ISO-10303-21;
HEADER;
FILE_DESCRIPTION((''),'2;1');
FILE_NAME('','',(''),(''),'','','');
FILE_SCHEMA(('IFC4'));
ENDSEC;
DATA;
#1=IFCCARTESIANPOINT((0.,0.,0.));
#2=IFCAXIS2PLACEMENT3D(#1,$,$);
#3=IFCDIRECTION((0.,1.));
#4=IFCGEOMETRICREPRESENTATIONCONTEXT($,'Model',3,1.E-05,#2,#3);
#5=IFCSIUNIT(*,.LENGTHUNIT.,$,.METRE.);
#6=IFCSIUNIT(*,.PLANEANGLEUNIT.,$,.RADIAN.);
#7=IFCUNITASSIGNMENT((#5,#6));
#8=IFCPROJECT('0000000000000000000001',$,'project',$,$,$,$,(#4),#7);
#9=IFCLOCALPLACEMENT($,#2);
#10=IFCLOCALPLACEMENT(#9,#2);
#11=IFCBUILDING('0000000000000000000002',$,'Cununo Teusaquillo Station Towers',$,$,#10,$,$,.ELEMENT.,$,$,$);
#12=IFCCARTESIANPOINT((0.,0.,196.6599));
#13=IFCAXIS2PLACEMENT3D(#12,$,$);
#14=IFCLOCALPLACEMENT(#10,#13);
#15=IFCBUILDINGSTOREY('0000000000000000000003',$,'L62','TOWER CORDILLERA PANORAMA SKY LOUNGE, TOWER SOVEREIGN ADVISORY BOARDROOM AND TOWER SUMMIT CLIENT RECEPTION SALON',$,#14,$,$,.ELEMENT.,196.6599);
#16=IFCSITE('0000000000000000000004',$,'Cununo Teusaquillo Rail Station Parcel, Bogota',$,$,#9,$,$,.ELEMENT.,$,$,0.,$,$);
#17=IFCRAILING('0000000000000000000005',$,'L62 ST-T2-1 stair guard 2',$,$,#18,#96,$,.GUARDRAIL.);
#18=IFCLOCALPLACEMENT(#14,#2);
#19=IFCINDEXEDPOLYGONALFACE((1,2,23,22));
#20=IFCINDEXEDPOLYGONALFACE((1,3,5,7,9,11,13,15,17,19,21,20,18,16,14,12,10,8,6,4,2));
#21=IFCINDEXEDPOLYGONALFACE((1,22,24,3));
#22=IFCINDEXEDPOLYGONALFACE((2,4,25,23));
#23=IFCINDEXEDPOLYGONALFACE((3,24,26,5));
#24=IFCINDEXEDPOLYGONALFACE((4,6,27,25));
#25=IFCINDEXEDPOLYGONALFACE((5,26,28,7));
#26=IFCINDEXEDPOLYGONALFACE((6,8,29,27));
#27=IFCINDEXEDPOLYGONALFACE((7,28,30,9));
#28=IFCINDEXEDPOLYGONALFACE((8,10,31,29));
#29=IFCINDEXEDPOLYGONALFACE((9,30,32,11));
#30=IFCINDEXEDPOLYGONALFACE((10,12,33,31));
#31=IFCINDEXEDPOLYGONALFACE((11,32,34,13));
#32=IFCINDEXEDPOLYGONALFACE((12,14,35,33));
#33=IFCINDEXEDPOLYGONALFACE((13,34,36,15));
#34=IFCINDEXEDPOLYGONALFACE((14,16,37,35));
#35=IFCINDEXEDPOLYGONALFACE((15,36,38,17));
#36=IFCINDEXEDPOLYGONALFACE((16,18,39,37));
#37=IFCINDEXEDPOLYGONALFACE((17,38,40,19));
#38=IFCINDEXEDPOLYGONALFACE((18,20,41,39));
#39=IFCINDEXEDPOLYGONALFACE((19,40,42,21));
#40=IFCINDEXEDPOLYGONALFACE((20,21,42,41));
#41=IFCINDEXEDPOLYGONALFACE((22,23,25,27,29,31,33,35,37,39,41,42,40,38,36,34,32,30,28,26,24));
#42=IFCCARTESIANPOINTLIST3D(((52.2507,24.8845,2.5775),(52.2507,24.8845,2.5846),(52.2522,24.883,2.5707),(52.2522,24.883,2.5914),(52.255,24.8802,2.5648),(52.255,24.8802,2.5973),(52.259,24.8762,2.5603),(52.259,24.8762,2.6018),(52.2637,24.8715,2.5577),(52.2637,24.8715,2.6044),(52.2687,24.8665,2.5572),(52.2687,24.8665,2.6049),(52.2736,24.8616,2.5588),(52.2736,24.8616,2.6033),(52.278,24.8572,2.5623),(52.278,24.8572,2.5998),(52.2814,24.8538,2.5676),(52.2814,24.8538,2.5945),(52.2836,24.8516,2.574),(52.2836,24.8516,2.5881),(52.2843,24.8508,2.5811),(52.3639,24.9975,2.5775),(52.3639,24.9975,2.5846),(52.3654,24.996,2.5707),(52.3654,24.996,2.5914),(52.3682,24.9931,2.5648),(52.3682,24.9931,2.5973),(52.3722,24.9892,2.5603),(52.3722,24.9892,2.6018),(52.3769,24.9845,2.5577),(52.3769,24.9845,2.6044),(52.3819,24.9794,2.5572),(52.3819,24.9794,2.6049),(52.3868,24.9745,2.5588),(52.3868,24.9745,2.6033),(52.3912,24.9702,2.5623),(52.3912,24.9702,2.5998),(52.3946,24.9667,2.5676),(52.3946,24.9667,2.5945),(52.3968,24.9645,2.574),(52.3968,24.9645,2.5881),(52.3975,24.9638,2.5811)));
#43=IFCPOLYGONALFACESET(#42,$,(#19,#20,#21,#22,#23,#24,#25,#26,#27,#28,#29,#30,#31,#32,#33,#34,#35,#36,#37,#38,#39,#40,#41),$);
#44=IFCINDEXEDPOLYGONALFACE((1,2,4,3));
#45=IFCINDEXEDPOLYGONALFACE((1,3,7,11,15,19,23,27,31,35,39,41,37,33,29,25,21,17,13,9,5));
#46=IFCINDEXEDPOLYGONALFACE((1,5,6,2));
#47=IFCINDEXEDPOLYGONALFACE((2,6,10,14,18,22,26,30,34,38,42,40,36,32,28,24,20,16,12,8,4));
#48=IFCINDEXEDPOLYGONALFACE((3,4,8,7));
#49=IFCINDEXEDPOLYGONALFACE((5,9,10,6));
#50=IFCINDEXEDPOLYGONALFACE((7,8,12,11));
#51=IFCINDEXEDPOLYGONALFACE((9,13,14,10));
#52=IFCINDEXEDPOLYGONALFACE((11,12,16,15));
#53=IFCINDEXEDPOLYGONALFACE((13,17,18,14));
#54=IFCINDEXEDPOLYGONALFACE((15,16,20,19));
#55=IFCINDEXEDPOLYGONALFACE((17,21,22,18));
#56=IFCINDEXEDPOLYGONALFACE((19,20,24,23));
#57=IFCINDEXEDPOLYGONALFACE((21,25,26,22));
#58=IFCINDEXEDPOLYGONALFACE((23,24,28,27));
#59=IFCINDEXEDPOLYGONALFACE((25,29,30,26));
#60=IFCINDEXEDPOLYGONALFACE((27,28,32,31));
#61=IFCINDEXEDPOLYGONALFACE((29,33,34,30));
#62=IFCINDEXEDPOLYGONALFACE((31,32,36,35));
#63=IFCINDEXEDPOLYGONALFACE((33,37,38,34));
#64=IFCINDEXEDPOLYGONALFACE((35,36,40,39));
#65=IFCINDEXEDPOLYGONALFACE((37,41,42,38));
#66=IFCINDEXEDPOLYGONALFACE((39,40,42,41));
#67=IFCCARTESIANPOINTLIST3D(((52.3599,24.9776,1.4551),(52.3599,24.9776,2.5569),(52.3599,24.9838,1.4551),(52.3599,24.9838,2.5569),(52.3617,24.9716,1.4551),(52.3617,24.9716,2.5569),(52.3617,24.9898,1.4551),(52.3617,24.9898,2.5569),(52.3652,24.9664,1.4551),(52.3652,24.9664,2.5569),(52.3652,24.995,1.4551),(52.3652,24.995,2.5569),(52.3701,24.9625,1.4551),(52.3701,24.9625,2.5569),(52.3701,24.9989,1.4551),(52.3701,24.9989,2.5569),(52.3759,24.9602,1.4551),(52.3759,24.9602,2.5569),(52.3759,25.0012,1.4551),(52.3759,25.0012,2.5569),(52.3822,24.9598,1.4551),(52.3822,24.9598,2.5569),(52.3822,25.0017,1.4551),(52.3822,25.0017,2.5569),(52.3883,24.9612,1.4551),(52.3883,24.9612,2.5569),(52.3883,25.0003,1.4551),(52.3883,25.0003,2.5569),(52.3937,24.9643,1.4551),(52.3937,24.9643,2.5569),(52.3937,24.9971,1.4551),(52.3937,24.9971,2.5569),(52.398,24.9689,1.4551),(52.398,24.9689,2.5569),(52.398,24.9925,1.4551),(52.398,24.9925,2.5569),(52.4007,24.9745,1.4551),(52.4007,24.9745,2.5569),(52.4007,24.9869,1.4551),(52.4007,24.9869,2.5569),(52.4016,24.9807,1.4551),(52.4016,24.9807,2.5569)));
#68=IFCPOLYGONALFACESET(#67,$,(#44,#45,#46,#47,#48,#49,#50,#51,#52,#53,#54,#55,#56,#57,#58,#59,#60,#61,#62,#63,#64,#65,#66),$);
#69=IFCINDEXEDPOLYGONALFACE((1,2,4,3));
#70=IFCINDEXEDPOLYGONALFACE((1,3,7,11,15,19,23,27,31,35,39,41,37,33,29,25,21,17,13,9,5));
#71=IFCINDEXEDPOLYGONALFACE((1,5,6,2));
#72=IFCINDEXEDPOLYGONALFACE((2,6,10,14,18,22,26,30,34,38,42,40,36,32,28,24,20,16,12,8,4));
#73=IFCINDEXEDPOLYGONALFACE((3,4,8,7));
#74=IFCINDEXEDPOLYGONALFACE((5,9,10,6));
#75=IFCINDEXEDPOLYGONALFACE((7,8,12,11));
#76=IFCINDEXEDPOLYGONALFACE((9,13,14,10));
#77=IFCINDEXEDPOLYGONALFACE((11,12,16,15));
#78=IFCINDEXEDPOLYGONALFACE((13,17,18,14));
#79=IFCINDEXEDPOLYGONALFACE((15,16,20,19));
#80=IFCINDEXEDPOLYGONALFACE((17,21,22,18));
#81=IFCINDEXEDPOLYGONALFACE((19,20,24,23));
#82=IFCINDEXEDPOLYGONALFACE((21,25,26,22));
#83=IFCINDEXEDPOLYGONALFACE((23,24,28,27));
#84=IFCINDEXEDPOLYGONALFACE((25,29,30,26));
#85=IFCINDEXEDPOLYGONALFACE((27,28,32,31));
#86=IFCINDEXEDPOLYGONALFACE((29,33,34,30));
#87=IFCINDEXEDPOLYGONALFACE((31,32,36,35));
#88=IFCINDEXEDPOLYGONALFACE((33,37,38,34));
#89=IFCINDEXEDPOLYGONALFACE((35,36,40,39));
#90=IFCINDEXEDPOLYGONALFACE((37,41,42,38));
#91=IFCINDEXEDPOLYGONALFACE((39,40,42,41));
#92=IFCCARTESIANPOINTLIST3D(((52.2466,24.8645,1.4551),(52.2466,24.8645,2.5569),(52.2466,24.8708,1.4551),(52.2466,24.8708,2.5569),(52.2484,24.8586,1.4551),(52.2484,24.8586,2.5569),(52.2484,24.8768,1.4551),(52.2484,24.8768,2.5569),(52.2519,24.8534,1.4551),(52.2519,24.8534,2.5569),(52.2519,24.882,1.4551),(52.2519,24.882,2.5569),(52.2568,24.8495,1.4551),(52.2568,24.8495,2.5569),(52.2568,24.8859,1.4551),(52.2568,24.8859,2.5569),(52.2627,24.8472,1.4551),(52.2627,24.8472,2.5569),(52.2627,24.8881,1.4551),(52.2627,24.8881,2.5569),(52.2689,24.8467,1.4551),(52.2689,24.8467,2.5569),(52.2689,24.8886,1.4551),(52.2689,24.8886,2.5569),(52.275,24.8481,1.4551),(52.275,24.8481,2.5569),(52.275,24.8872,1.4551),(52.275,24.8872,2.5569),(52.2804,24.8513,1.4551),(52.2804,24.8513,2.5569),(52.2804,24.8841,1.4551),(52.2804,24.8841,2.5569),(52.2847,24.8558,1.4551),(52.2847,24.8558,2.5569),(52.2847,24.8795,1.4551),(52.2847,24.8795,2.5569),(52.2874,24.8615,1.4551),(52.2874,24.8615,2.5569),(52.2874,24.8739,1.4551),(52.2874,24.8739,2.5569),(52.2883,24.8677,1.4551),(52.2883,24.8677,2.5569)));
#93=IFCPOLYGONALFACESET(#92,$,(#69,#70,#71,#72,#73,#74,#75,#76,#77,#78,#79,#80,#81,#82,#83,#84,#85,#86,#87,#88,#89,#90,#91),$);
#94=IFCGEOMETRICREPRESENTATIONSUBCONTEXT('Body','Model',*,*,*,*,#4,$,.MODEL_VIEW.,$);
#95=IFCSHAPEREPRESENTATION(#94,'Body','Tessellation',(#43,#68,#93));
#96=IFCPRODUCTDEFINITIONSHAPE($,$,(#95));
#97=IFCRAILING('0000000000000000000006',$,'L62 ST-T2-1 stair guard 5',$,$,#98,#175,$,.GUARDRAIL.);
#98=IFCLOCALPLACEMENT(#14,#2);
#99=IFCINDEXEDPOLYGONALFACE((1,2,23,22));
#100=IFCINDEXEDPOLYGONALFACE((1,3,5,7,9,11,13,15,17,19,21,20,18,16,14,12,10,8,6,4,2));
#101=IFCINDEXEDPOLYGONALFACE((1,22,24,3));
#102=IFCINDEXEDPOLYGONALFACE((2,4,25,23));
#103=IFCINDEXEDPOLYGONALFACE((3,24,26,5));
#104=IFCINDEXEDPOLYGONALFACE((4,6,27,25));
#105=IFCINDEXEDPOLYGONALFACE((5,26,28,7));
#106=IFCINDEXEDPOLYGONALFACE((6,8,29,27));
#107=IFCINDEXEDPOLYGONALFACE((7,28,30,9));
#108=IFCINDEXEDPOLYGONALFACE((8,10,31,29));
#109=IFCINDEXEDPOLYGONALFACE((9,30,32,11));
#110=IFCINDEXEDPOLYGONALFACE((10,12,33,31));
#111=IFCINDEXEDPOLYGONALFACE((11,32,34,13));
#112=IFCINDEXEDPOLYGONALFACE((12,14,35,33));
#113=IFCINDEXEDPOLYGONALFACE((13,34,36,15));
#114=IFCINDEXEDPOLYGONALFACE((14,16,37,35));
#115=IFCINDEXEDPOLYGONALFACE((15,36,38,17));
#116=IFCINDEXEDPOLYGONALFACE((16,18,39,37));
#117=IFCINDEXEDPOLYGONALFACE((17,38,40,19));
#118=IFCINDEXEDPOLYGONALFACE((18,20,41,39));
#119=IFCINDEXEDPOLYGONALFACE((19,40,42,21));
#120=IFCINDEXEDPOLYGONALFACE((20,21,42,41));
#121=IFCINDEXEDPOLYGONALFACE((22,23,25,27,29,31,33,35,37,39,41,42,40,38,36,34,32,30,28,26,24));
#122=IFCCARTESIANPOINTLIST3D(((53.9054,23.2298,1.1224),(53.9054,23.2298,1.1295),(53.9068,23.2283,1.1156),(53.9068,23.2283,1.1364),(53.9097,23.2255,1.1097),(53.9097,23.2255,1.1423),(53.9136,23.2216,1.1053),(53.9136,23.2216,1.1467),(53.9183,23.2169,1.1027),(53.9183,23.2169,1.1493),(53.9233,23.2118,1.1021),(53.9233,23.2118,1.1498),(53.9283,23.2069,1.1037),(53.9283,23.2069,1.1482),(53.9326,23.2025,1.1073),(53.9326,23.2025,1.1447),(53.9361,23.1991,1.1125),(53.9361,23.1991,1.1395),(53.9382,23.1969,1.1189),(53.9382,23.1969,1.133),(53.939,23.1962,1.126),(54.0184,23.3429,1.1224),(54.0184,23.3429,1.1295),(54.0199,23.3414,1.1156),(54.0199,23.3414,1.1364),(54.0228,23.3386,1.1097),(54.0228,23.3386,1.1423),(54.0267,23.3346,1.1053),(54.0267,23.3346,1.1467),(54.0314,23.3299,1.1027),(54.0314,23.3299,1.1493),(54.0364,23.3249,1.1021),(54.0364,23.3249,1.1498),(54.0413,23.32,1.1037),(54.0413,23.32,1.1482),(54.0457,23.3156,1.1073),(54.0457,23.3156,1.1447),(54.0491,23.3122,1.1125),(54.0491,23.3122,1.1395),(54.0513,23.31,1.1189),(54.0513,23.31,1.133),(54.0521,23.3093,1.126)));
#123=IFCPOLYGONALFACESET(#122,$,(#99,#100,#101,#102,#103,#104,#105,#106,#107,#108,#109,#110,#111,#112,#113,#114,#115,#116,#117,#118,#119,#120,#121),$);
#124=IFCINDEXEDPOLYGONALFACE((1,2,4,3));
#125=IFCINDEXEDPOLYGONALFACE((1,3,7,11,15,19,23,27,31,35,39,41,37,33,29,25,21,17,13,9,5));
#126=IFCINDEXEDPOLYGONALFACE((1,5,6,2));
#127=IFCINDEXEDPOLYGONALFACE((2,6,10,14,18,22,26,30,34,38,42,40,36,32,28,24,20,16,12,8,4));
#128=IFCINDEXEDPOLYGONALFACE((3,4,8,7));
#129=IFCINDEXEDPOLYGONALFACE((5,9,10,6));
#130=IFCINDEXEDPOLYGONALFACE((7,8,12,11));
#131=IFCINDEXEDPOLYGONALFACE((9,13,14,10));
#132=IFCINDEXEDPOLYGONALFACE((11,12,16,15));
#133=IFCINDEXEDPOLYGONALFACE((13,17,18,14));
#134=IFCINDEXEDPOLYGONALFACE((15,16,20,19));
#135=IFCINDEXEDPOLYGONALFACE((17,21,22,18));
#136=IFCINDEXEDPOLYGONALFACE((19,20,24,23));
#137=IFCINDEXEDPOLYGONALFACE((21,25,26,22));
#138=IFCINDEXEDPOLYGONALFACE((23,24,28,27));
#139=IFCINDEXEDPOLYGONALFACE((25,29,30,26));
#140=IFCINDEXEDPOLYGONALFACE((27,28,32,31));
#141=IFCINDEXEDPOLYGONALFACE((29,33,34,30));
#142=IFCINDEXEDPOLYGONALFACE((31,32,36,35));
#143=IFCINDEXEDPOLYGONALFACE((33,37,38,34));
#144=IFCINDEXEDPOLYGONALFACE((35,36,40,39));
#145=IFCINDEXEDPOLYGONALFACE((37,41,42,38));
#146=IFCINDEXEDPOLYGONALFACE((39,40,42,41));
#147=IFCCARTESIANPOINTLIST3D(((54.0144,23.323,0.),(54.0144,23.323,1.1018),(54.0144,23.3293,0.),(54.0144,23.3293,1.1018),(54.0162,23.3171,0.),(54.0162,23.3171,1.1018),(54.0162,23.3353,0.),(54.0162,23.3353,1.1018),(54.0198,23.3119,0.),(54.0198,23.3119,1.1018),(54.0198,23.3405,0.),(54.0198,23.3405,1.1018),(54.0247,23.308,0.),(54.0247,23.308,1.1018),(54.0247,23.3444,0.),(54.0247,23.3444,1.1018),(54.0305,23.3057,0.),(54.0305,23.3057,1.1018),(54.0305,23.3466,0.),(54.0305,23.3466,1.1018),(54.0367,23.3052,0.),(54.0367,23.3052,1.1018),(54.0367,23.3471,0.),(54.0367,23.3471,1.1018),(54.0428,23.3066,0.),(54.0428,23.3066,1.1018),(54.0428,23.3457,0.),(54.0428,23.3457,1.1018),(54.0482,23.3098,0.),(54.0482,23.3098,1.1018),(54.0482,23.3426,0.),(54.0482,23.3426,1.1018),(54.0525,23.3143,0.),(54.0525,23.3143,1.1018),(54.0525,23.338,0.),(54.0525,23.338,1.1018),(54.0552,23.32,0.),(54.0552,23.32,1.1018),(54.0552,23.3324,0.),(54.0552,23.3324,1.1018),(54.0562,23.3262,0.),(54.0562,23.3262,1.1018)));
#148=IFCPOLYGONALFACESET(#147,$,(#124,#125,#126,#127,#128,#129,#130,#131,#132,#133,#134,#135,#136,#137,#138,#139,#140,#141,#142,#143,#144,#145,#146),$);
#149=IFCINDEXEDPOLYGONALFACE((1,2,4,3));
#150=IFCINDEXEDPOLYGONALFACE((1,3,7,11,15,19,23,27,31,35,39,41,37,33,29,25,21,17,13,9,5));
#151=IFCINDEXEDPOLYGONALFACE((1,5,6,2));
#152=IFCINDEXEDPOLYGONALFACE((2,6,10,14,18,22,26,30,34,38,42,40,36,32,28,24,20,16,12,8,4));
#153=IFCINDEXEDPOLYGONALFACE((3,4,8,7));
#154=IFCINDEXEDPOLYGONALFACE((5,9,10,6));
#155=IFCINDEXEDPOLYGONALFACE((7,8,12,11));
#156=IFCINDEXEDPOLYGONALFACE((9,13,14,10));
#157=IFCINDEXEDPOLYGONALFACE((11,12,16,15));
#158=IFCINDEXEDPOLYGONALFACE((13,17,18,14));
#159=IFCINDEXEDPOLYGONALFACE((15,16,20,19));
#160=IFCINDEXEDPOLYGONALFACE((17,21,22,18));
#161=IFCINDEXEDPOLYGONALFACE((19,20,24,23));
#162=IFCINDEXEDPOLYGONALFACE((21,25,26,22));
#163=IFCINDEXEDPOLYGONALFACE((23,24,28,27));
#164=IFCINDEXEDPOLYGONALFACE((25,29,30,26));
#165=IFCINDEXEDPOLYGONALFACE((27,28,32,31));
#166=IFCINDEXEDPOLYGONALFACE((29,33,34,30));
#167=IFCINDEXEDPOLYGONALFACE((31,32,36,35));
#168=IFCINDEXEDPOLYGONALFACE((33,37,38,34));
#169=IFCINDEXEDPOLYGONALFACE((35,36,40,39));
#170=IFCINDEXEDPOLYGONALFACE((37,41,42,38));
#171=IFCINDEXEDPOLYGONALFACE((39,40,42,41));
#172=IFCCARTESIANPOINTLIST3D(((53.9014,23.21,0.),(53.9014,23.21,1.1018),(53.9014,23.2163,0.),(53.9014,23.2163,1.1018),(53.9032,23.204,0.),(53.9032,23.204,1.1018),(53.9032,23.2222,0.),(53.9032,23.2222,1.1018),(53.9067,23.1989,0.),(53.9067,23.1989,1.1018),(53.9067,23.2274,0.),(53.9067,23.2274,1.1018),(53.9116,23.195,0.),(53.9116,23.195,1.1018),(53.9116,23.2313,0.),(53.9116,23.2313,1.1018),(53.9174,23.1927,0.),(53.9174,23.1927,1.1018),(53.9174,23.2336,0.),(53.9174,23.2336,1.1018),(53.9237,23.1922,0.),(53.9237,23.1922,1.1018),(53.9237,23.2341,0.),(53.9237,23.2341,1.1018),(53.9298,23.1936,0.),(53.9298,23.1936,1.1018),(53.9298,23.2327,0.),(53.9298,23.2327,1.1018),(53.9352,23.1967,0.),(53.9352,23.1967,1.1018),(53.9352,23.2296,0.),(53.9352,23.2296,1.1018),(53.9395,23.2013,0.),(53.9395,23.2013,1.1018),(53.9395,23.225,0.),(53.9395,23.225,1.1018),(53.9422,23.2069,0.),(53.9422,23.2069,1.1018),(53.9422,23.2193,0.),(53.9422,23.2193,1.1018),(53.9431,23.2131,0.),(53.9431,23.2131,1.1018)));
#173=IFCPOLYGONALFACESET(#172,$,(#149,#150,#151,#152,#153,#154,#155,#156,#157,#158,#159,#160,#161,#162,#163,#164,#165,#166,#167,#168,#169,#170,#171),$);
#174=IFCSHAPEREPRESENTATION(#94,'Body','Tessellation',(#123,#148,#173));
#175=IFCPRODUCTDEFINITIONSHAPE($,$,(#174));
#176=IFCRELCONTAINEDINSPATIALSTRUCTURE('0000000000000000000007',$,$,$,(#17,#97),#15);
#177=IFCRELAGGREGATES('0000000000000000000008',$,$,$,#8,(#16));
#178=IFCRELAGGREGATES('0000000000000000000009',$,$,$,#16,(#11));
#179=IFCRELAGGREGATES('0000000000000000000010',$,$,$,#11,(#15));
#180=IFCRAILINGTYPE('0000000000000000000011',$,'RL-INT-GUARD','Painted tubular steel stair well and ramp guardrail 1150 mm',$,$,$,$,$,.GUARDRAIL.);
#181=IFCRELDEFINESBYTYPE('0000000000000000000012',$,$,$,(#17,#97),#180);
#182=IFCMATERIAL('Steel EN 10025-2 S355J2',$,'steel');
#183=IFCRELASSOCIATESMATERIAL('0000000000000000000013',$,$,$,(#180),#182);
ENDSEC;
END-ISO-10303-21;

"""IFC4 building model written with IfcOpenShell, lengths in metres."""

from ifc_helpers import new_model, si_unit, direction, frame, origin, origin_2d, place, context, subcontext, project, spatial, circle, extrude, material, type_object, element, save


model = new_model("IFC4")

# Units and contexts
model_context = context("Model", 3, precision=1e-05, world=origin(), true_north=direction((0.0, 1.0)))
body_context = subcontext(model_context, "Body", "Model", "MODEL_VIEW")
ifc_project = project(units=[si_unit("LENGTHUNIT", "METRE"), si_unit("PLANEANGLEUNIT", "RADIAN")], contexts=[model_context])

# Site, building, storey
site_placement = place(None, origin())
site = spatial("IfcSite", under=ifc_project, at=site_placement, Name="Cununo Teusaquillo Rail Station Parcel, Bogota", CompositionType="ELEMENT", RefElevation=0.0)
building_placement = place(site_placement, origin())
building = spatial("IfcBuilding", under=site, at=building_placement, Name="Cununo Teusaquillo Station Towers", CompositionType="ELEMENT")
storey_placement = place(building_placement, frame((0.0, 0.0, 196.6599)))
storey = spatial("IfcBuildingStorey", under=building, at=storey_placement, Name="L62", Description="TOWER CORDILLERA PANORAMA SKY LOUNGE, TOWER SOVEREIGN ADVISORY BOARDROOM AND TOWER SUMMIT CLIENT RECEPTION SALON", CompositionType="ELEMENT", Elevation=196.6599)

# Railings
ifc_material_1 = material(Name="Steel EN 10025-2 S355J2", Category="steel")
railing_type_1 = type_object("IfcRailingType", Name="RL-INT-GUARD", Description="Painted tubular steel stair well and ramp guardrail 1150 mm", PredefinedType="GUARDRAIL", material=ifc_material_1)
railing_1_placement = place(storey_placement, frame((52.3806, 24.9807, 1.4551)))
element("IfcRailing", 1, at=railing_1_placement, inside=storey, type_object=railing_type_1, Name="L62 ST-T2-1 stair guard 2", PredefinedType="GUARDRAIL", context=body_context, shape_type="SweptSolid", body=[
    extrude(circle(Radius=0.0239, at=origin_2d()), frame((0.0, 0.0, 1.126), z_axis=(-0.707869, -0.706344, 0.0), x_axis=(0.706344, -0.707869, 0.0)), (0.0, 0.0, 1.0), 0.1599),
    extrude(circle(Radius=0.021, at=origin_2d()), origin(), (0.0, 0.0, 1.0), 1.1018),
    extrude(circle(Radius=0.021, at=origin_2d()), frame((-0.1133, -0.113, 0.0)), (0.0, 0.0, 1.0), 1.1018),
])
railing_2_placement = place(storey_placement, frame((54.0352, 23.3262, 0.0)))
element("IfcRailing", 2, at=railing_2_placement, inside=storey, type_object=railing_type_1, Name="L62 ST-T2-1 stair guard 5", PredefinedType="GUARDRAIL", context=body_context, shape_type="SweptSolid", body=[
    extrude(circle(Radius=0.0239, at=origin_2d()), frame((0.0, 0.0, 1.126), z_axis=(-0.707107, -0.707107, 0.0), x_axis=(0.707107, -0.707107, 0.0)), (0.0, 0.0, 1.0), 0.1599),
    extrude(circle(Radius=0.021, at=origin_2d()), origin(), (0.0, 0.0, 1.0), 1.1018),
    extrude(circle(Radius=0.021, at=origin_2d()), frame((-0.113, -0.113, 0.0)), (0.0, 0.0, 1.0), 1.1018),
])

save(model, "model.ifc")
